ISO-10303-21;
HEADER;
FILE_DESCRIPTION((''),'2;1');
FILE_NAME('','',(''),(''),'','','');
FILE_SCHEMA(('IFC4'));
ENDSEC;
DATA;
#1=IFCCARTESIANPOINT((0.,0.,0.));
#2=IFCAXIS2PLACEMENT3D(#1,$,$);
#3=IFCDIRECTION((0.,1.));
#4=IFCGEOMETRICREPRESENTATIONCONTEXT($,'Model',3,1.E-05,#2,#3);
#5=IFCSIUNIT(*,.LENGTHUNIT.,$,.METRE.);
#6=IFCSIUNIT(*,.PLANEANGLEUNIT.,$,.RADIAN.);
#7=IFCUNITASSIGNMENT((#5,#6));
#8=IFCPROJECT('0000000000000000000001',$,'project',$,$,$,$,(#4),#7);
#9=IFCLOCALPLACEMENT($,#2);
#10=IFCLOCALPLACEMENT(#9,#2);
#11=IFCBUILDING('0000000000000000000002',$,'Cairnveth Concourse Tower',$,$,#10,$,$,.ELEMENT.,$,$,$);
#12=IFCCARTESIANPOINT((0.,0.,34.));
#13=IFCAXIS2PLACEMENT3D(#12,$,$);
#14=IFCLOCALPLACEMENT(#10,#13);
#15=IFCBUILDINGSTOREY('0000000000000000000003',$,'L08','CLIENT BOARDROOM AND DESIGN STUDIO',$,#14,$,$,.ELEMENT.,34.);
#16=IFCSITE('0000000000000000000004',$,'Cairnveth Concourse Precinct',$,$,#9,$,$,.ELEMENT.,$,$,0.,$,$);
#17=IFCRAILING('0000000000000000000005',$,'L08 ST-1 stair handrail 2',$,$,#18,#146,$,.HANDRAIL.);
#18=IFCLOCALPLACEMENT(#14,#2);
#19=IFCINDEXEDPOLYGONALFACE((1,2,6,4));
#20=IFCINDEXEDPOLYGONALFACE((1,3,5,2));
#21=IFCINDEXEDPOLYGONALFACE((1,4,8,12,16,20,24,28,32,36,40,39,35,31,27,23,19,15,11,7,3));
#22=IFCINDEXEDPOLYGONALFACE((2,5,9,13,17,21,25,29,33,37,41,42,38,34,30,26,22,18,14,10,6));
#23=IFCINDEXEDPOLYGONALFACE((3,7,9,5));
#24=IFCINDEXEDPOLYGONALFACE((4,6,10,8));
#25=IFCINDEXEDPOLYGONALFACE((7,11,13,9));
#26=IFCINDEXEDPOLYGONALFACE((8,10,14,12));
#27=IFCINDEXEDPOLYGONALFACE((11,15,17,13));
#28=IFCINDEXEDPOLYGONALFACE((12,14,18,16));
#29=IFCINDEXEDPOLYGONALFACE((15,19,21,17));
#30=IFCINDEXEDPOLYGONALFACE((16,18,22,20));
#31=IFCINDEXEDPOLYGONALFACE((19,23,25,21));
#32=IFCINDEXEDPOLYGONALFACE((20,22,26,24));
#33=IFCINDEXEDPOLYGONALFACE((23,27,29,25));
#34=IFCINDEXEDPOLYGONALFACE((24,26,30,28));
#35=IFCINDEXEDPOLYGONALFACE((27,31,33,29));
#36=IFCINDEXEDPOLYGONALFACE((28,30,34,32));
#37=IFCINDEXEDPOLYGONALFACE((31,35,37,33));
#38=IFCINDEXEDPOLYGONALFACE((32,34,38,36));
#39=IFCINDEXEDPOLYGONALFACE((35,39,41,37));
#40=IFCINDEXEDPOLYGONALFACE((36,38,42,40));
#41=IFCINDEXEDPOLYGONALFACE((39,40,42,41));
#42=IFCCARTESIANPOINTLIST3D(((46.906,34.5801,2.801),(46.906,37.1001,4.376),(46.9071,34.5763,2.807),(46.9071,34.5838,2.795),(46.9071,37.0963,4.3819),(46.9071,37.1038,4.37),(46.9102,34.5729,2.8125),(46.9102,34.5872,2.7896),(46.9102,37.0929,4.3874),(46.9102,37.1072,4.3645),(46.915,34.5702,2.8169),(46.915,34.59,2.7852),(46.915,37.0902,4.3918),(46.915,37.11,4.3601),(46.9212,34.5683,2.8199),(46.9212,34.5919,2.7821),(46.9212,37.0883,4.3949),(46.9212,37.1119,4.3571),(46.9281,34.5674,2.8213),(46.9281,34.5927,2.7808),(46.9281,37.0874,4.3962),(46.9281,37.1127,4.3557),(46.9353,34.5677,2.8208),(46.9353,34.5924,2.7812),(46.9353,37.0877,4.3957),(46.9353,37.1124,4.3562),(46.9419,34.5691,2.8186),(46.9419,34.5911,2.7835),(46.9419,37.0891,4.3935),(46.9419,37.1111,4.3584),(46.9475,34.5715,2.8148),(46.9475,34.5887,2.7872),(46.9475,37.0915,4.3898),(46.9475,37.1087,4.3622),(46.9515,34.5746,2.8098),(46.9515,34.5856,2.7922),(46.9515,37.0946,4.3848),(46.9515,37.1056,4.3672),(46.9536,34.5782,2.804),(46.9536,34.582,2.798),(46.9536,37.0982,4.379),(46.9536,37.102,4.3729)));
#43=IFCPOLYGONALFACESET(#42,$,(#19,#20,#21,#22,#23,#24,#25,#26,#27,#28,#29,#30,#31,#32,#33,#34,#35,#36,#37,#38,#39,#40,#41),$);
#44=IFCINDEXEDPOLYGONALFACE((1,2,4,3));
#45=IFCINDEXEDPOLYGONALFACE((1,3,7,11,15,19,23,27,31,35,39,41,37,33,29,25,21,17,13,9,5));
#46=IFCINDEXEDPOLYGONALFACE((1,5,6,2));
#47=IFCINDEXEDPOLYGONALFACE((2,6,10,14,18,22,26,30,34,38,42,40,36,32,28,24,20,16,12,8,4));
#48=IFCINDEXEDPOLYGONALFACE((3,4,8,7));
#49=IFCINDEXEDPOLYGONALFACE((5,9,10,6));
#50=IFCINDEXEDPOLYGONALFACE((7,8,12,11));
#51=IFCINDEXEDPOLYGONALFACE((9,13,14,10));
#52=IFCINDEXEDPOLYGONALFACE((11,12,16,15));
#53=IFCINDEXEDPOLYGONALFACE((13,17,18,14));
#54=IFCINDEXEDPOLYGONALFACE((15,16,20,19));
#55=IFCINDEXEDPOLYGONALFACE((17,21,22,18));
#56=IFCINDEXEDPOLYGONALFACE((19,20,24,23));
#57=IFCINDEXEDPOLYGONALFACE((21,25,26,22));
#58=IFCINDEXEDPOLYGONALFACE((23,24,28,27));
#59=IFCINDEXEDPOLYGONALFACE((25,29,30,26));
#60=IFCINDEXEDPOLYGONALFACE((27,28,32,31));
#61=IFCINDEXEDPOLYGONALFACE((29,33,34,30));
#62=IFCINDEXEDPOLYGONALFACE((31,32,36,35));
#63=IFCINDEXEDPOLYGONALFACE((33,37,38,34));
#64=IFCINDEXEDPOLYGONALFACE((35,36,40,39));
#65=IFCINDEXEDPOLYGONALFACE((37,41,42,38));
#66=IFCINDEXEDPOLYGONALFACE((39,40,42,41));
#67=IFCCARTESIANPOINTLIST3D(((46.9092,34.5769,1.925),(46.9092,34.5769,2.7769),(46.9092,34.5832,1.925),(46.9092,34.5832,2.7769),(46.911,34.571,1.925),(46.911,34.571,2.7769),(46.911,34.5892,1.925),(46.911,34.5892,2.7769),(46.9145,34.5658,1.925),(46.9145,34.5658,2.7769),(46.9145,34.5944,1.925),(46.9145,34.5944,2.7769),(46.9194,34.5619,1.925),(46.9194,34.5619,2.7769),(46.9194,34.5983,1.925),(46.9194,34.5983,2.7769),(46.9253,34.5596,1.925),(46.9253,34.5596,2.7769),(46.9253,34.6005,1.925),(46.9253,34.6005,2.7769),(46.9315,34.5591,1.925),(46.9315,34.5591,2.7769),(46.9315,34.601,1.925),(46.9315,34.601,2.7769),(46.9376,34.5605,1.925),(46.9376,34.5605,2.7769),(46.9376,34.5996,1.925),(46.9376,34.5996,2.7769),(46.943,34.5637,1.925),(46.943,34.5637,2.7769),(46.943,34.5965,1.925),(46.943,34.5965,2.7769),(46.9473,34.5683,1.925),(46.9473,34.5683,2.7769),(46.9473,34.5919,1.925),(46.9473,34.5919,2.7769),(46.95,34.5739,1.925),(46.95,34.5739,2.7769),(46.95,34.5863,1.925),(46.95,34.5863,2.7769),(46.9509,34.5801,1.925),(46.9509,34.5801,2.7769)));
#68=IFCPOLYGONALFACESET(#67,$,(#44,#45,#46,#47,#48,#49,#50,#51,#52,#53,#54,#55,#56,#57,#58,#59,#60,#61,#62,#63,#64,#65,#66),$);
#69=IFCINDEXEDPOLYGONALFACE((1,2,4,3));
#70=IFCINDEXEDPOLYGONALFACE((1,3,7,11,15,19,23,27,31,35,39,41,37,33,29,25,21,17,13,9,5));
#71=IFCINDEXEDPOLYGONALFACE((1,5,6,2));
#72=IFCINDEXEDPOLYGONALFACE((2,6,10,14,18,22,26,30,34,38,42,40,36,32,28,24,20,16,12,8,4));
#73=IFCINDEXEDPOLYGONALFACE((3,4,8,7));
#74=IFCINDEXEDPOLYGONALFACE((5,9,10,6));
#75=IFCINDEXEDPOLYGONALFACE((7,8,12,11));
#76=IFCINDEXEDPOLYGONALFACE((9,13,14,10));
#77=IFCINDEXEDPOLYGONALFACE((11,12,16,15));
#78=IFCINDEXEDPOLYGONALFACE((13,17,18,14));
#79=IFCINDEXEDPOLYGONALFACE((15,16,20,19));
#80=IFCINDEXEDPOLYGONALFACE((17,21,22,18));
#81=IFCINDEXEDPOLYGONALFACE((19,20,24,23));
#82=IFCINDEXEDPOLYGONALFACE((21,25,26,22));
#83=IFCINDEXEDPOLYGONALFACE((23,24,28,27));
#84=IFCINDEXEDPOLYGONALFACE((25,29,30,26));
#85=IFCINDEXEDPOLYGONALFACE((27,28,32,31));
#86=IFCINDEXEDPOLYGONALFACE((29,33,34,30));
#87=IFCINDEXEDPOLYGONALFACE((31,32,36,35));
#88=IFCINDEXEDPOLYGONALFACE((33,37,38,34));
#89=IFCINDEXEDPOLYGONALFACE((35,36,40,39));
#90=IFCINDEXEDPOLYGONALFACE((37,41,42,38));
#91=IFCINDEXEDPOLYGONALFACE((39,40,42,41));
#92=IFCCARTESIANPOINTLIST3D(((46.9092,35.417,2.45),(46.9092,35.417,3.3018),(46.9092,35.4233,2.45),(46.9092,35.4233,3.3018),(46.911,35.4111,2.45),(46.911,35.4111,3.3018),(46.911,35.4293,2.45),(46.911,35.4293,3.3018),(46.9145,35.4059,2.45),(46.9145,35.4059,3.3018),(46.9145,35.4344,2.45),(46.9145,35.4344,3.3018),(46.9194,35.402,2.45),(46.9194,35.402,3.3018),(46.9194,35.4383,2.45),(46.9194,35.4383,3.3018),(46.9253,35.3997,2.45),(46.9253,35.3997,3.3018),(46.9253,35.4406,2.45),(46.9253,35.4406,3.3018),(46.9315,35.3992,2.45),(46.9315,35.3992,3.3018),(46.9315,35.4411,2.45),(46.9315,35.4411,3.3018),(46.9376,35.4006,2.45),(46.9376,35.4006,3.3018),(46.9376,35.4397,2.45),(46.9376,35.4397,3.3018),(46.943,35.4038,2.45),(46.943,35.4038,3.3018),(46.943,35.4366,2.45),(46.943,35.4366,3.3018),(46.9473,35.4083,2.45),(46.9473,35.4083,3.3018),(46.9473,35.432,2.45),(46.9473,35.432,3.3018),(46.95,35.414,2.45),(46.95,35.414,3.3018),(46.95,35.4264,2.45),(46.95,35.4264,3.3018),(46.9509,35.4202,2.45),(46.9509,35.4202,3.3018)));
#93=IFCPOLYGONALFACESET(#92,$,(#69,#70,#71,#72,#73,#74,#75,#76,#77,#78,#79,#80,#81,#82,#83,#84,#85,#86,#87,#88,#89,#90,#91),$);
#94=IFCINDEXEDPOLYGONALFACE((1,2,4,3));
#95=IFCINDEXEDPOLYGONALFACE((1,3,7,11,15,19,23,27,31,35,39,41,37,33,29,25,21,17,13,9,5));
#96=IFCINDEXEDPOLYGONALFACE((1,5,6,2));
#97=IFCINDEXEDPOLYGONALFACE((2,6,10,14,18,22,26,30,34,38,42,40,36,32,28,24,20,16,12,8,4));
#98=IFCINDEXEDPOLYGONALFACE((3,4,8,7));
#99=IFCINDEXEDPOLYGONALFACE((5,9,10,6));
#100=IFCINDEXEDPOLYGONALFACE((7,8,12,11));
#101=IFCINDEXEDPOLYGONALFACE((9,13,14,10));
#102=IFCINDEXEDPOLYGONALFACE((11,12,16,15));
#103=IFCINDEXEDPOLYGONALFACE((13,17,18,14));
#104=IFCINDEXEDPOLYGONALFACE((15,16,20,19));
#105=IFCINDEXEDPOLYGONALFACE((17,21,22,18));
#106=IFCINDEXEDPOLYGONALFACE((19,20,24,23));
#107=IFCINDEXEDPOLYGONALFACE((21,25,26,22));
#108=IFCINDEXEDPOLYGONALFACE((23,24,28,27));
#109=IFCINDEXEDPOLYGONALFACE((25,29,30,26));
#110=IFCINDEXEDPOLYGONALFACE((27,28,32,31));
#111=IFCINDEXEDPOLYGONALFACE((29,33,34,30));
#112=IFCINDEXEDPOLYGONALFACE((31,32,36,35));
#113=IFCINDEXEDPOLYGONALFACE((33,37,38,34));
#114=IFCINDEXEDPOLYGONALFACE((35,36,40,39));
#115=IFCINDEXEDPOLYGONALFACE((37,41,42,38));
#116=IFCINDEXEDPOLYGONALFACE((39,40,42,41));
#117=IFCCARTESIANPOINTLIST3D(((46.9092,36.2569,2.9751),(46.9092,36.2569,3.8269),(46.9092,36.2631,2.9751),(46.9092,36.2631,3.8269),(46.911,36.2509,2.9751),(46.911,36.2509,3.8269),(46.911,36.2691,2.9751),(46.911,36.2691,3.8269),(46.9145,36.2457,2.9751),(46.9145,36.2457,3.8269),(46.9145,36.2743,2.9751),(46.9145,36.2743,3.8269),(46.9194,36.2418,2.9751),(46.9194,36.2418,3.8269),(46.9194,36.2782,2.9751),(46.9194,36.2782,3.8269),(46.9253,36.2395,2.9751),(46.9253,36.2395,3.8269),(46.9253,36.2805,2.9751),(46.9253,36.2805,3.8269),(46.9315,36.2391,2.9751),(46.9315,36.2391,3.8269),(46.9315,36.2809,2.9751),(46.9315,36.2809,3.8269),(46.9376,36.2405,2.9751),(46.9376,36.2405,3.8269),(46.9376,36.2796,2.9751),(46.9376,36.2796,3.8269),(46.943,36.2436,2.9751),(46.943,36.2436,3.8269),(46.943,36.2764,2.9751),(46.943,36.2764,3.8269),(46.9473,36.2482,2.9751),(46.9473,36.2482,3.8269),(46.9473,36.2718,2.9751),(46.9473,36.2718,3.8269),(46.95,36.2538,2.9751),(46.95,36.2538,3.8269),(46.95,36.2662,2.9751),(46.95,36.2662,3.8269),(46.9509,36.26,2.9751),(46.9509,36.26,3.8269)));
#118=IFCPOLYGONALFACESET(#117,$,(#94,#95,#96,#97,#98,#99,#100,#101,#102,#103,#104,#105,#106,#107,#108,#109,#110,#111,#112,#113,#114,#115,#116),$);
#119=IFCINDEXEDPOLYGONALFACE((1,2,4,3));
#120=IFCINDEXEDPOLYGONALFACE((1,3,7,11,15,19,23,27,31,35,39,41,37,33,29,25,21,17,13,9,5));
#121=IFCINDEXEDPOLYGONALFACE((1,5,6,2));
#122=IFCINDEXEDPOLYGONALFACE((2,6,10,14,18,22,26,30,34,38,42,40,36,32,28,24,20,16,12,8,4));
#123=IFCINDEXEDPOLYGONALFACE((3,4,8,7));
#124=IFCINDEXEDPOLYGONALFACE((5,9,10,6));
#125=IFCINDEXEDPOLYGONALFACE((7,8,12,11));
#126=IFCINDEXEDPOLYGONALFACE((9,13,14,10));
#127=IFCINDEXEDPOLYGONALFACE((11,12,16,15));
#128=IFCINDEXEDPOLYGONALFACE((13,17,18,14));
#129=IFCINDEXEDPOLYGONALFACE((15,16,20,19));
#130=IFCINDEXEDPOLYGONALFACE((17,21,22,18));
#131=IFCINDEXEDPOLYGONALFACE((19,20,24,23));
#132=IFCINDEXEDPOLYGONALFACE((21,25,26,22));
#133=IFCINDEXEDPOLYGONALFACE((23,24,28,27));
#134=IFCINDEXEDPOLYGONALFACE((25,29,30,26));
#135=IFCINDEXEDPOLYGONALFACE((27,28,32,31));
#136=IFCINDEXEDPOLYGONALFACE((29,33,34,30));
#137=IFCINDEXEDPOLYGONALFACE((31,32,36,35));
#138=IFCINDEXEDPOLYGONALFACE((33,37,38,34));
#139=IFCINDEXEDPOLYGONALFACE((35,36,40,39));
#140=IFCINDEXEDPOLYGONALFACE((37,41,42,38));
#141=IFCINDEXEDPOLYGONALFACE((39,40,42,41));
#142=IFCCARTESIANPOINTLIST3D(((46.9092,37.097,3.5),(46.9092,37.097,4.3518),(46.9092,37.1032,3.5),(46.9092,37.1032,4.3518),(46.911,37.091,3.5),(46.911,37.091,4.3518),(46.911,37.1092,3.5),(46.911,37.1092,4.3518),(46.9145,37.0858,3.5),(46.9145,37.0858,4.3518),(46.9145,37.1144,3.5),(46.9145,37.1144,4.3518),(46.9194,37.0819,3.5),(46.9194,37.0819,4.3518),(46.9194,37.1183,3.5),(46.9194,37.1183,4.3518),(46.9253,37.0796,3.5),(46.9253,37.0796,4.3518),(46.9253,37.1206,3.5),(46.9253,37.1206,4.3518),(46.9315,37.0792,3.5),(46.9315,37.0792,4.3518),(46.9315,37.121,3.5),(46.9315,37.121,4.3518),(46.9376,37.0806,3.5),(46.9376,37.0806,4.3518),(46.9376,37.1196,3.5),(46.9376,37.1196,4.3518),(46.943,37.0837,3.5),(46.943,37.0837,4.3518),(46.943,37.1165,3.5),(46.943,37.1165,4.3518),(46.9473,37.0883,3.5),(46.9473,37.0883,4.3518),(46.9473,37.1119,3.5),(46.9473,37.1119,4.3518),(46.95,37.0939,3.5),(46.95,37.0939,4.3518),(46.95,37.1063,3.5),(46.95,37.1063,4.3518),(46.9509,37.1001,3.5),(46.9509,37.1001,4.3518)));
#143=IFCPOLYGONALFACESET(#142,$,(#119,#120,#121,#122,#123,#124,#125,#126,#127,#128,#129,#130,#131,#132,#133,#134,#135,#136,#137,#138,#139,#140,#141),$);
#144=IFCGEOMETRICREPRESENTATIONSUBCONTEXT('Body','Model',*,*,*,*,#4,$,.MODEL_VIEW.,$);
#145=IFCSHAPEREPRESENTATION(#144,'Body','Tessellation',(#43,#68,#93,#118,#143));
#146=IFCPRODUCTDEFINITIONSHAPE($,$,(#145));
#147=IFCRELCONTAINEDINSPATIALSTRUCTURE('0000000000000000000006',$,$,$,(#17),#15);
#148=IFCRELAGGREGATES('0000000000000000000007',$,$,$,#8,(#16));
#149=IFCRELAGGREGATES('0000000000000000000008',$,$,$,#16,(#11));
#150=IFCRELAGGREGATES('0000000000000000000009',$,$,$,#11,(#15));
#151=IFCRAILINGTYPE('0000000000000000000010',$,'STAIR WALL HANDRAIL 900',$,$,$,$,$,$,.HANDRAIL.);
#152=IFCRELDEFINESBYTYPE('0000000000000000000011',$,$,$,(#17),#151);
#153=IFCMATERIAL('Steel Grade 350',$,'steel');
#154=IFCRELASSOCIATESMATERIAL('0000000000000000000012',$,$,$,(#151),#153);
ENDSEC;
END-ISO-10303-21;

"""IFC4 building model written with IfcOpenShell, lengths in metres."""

from ifc_helpers import new_model, si_unit, direction, frame, origin, origin_2d, place, context, subcontext, project, spatial, circle, extrude, material, type_object, element, save


model = new_model("IFC4")

# Units and contexts
model_context = context("Model", 3, precision=1e-05, world=origin(), true_north=direction((0.0, 1.0)))
body_context = subcontext(model_context, "Body", "Model", "MODEL_VIEW")
ifc_project = project(units=[si_unit("LENGTHUNIT", "METRE"), si_unit("PLANEANGLEUNIT", "RADIAN")], contexts=[model_context])

# Site, building, storey
site_placement = place(None, origin())
site = spatial("IfcSite", under=ifc_project, at=site_placement, Name="Cairnveth Concourse Precinct", CompositionType="ELEMENT", RefElevation=0.0)
building_placement = place(site_placement, origin())
building = spatial("IfcBuilding", under=site, at=building_placement, Name="Cairnveth Concourse Tower", CompositionType="ELEMENT")
storey_placement = place(building_placement, frame((0.0, 0.0, 34.0)))
storey = spatial("IfcBuildingStorey", under=building, at=storey_placement, Name="L08", Description="CLIENT BOARDROOM AND DESIGN STUDIO", CompositionType="ELEMENT", Elevation=34.0)

# Railing
ifc_material_1 = material(Name="Steel Grade 350", Category="steel")
railing_type_1 = type_object("IfcRailingType", Name="STAIR WALL HANDRAIL 900", PredefinedType="HANDRAIL", material=ifc_material_1)
railing_1_placement = place(storey_placement, frame((46.9299, 34.5801, 1.925)))
element("IfcRailing", 1, at=railing_1_placement, inside=storey, type_object=railing_type_1, Name="L08 ST-1 stair handrail 2", PredefinedType="HANDRAIL", context=body_context, shape_type="SweptSolid", body=[
    extrude(circle(Radius=0.0239, at=origin_2d()), frame((0.0, 0.0, 0.876), z_axis=(0.0, 0.848008, 0.529984), x_axis=(-1.0, 0.0, 0.0)), (0.0, 0.0, 1.0), 2.9717),
    extrude(circle(Radius=0.021, at=origin_2d()), origin(), (0.0, 0.0, 1.0), 0.8518),
    extrude(circle(Radius=0.021, at=origin_2d()), frame((0.0, 0.8401, 0.5249)), (0.0, 0.0, 1.0), 0.8518),
    extrude(circle(Radius=0.021, at=origin_2d()), frame((0.0, 1.6799, 1.05)), (0.0, 0.0, 1.0), 0.8518),
    extrude(circle(Radius=0.021, at=origin_2d()), frame((0.0, 2.52, 1.575)), (0.0, 0.0, 1.0), 0.8518),
])

save(model, "model.ifc")
